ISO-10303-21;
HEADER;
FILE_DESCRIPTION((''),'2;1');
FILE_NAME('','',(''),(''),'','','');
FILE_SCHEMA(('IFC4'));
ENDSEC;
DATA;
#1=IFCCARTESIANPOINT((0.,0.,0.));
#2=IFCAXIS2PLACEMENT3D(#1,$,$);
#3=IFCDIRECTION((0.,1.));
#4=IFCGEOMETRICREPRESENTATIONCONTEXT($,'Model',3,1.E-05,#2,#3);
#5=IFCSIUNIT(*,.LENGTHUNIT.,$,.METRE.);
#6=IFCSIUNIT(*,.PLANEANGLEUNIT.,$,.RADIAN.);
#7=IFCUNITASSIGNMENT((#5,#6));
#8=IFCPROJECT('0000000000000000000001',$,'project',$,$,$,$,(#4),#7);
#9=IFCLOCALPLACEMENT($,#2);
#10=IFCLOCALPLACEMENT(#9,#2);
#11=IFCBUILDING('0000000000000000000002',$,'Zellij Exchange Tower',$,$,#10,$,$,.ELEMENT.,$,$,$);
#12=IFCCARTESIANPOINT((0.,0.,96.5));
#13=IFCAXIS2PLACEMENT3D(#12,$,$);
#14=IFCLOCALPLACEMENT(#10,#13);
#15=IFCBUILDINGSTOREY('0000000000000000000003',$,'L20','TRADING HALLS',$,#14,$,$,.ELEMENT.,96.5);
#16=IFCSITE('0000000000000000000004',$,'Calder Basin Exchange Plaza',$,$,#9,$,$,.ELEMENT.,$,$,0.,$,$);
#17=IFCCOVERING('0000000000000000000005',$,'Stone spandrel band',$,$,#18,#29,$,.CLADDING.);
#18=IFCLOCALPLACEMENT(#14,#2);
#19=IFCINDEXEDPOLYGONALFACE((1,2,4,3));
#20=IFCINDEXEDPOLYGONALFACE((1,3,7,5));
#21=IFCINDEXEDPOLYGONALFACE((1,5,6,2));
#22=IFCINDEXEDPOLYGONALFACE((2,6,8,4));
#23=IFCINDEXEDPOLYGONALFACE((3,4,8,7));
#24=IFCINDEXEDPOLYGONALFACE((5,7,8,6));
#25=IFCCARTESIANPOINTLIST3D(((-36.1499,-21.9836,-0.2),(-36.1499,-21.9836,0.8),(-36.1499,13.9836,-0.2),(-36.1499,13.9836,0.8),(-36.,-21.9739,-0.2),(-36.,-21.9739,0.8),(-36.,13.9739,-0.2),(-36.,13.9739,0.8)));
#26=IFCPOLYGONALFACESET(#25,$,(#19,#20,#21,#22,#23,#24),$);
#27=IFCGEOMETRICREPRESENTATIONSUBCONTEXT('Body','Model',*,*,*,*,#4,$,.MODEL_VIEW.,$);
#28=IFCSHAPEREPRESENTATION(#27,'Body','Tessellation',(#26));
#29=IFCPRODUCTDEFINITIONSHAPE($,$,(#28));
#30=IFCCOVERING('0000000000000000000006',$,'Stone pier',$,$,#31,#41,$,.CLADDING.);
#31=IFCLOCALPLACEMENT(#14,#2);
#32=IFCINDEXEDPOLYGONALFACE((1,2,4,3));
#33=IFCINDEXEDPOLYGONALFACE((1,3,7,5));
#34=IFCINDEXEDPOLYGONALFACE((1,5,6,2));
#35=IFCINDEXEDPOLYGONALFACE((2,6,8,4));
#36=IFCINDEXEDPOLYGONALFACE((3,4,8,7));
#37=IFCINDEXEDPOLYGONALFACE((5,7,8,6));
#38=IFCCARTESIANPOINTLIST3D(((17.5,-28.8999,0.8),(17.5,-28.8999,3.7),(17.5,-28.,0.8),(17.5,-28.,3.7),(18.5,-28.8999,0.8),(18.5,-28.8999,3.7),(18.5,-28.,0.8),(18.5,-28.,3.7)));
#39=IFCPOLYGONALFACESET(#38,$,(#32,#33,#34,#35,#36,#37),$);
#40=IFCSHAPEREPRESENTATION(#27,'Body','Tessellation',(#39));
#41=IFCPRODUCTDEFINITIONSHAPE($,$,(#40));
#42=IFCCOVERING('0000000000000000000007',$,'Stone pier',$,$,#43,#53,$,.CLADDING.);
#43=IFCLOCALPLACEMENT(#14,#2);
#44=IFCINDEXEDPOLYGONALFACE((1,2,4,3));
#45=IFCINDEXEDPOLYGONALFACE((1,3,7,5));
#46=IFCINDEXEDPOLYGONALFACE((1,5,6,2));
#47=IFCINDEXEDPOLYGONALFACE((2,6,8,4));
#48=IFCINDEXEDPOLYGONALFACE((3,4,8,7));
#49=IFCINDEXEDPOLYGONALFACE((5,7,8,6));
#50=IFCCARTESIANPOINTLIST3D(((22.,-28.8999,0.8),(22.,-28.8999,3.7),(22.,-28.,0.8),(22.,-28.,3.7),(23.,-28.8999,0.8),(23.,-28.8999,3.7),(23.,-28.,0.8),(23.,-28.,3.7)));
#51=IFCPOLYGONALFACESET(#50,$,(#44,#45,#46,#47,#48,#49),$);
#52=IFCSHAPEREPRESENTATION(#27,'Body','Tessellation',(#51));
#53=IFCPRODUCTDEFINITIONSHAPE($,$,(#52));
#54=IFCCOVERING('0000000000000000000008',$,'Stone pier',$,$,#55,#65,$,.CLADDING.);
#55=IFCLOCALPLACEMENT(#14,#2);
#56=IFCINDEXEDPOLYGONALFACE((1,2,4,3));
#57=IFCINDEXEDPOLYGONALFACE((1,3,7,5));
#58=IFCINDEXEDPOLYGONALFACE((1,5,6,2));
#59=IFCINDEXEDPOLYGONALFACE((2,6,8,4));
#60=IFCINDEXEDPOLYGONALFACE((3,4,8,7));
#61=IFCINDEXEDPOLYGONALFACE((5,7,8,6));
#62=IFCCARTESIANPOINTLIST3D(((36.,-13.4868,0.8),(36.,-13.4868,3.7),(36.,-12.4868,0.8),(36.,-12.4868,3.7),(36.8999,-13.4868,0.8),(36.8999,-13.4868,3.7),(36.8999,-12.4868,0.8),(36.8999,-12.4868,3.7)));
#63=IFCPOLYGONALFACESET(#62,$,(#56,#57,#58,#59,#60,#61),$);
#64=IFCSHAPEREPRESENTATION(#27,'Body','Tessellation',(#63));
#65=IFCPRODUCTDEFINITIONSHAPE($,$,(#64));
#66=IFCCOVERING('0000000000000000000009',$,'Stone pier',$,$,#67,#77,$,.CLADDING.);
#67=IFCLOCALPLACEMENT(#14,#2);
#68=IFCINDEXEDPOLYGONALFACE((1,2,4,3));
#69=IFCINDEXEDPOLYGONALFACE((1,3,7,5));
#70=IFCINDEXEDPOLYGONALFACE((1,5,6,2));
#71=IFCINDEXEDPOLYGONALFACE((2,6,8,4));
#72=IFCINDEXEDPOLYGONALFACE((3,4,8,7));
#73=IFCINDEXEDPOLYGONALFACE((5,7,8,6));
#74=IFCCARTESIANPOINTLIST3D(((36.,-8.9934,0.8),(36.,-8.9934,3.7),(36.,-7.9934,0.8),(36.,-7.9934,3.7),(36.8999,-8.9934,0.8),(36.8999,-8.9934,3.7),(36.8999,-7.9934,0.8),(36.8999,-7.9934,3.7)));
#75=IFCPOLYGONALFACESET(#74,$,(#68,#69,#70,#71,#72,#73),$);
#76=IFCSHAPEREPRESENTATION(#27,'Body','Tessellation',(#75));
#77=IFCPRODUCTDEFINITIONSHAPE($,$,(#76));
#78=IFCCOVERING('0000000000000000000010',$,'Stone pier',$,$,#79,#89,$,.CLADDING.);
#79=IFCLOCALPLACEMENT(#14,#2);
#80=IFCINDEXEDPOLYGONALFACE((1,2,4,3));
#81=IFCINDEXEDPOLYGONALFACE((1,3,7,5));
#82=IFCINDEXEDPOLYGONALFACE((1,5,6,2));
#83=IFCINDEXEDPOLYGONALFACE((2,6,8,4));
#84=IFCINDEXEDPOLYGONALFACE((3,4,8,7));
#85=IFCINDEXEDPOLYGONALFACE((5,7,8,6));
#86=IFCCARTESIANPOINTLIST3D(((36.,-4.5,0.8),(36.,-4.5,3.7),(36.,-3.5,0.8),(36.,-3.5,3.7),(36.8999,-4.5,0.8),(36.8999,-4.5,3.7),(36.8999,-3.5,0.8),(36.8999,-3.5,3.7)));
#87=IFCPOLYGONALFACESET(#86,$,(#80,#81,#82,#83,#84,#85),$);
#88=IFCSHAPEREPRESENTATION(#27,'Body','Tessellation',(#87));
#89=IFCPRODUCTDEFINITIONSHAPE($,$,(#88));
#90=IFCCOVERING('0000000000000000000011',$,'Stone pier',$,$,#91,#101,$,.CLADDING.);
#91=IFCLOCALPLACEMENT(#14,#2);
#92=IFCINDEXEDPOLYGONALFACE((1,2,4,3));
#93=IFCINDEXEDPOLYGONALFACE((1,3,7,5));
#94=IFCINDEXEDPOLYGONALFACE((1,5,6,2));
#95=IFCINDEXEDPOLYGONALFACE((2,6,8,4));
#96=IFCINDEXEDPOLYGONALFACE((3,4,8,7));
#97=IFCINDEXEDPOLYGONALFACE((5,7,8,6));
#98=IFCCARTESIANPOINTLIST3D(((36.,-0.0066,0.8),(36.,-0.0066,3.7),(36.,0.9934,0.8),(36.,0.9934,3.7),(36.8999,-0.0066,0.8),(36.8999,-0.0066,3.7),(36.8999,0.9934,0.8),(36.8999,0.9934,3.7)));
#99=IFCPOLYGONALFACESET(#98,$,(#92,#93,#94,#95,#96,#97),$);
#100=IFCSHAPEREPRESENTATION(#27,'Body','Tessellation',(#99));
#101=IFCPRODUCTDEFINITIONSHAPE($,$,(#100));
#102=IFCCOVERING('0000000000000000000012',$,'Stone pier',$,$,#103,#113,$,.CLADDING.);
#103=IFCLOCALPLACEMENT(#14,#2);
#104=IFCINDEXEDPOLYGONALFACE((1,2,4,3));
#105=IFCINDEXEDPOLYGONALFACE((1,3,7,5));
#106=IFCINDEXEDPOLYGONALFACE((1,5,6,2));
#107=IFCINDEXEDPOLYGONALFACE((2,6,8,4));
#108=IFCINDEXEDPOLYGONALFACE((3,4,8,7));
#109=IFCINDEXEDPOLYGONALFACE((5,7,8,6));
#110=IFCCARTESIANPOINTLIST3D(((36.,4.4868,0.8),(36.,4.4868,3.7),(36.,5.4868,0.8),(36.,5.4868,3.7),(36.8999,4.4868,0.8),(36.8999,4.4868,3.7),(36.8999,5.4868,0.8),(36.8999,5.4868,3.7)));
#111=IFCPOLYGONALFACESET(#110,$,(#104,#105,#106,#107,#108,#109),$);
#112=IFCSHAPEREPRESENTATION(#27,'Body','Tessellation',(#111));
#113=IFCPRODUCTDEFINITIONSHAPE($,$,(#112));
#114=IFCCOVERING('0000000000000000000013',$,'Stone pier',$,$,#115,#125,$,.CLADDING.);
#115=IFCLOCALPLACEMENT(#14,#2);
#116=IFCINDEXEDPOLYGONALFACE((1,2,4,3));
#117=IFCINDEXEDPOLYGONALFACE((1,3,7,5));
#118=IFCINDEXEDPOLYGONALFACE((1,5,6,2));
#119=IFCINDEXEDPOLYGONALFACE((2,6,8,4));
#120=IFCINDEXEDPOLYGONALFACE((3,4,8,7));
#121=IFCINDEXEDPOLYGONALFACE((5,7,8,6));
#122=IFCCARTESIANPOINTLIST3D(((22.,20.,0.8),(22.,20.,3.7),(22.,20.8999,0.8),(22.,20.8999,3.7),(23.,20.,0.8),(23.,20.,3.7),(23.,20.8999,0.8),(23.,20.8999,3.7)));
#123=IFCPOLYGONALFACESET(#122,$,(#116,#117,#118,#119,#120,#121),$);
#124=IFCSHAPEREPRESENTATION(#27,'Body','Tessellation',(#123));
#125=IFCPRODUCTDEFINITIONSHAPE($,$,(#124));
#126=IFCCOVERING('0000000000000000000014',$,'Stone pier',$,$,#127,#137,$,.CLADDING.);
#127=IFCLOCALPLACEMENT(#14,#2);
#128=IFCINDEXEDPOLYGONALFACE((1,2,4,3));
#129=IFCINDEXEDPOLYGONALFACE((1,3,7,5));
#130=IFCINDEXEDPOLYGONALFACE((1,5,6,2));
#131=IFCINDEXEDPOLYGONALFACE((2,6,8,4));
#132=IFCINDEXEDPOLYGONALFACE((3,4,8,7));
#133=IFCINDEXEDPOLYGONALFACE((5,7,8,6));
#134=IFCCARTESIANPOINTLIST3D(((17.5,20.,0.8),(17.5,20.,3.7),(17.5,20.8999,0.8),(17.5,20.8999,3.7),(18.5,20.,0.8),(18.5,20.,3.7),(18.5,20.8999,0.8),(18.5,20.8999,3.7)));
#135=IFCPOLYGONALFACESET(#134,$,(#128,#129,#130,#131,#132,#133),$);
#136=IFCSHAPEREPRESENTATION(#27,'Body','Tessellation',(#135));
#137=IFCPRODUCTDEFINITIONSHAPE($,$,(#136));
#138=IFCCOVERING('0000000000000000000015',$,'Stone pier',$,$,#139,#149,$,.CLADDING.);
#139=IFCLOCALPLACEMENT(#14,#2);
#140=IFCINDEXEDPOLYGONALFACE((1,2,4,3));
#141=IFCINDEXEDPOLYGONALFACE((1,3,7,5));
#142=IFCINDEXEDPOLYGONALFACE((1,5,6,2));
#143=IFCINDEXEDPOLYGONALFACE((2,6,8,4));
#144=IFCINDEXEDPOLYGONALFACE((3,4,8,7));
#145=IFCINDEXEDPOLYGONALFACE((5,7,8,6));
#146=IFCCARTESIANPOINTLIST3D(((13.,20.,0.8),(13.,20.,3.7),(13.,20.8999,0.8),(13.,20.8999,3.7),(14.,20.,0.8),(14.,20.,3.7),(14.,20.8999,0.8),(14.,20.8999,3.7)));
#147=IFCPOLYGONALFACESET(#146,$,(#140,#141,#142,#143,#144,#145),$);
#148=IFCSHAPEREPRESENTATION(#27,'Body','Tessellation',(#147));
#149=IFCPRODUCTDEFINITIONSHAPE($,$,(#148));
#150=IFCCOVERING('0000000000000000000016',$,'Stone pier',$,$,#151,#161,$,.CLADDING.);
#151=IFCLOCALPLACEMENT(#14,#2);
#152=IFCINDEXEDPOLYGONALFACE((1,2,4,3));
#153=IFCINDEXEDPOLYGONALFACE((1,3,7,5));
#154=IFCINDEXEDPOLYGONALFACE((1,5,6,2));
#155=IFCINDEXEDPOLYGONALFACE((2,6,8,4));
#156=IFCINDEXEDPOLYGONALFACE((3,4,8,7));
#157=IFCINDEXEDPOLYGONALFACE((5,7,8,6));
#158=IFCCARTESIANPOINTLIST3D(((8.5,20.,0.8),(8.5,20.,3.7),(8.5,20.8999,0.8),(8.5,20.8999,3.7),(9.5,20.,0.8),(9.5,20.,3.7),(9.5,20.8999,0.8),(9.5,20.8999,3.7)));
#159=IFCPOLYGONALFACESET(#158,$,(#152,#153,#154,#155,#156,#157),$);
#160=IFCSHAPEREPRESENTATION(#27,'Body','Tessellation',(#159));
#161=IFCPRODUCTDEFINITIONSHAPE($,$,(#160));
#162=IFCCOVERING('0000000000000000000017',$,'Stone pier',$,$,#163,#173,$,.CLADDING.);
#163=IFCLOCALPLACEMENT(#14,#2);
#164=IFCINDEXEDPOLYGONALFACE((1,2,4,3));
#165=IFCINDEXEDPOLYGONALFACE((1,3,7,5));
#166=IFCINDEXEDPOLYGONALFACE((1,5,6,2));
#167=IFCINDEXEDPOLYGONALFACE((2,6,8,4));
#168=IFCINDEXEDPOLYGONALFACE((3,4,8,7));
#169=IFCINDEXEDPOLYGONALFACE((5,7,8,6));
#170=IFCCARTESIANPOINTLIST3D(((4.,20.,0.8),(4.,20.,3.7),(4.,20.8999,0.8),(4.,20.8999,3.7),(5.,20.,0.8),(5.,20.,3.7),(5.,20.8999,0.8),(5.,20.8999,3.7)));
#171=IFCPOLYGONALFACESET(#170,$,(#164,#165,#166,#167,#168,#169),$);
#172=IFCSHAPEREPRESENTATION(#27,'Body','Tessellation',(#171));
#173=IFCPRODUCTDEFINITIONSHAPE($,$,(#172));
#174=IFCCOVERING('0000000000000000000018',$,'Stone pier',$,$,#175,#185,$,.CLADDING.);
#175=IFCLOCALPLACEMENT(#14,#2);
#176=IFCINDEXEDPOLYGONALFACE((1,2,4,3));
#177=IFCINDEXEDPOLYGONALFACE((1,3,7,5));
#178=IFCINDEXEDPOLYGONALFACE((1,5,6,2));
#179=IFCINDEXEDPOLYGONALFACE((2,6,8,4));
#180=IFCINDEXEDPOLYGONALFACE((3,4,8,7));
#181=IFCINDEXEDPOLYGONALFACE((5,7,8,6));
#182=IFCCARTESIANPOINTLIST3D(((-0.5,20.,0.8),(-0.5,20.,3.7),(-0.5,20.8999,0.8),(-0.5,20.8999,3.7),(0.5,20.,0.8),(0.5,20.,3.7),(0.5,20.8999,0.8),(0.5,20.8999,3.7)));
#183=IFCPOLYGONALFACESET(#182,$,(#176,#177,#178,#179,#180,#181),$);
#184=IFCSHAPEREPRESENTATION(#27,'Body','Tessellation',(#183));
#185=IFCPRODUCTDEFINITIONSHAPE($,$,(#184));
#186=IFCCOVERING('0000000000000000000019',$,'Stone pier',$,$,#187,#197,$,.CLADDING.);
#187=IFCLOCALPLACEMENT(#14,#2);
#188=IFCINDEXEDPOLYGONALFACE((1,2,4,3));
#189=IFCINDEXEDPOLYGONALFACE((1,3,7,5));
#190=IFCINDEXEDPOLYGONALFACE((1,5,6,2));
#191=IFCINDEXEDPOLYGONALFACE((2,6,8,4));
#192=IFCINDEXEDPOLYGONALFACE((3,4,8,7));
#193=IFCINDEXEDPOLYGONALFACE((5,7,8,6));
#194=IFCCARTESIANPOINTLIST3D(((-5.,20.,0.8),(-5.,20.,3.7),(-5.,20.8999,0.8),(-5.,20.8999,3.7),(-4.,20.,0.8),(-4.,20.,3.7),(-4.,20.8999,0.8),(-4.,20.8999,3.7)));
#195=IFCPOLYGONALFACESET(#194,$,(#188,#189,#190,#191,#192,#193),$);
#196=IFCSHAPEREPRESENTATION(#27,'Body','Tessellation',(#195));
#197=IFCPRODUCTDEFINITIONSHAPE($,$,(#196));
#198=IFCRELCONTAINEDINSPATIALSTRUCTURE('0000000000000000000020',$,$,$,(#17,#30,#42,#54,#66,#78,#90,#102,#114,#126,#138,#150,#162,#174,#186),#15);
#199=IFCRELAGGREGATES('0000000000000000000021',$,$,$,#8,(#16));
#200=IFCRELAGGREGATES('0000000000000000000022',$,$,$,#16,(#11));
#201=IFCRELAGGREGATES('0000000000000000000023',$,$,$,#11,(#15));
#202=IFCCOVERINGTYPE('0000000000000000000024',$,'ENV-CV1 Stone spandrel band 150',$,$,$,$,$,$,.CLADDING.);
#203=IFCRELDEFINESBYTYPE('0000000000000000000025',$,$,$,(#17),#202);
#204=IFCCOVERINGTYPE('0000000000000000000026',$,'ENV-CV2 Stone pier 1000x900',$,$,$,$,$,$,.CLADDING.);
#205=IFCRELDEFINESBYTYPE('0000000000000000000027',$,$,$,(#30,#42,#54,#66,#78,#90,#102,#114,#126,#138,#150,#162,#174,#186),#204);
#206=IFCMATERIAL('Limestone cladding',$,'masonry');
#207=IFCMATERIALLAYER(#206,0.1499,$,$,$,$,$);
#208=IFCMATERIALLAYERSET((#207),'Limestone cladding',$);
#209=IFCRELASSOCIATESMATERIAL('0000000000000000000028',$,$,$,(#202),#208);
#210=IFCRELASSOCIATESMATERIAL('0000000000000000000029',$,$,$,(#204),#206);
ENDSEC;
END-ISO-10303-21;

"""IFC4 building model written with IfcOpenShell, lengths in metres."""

from ifc_helpers import new_model, si_unit, direction, frame, origin, place, context, subcontext, project, spatial, polyline, outline, extrude, material, layer, layer_set, type_object, element, save


model = new_model("IFC4")

# Units and contexts
model_context = context("Model", 3, precision=1e-05, world=origin(), true_north=direction((0.0, 1.0)))
body_context = subcontext(model_context, "Body", "Model", "MODEL_VIEW")
ifc_project = project(units=[si_unit("LENGTHUNIT", "METRE"), si_unit("PLANEANGLEUNIT", "RADIAN")], contexts=[model_context])

# Site, building, storey
site_placement = place(None, origin())
site = spatial("IfcSite", under=ifc_project, at=site_placement, Name="Calder Basin Exchange Plaza", CompositionType="ELEMENT", RefElevation=0.0)
building_placement = place(site_placement, origin())
building = spatial("IfcBuilding", under=site, at=building_placement, Name="Zellij Exchange Tower", CompositionType="ELEMENT")
storey_placement = place(building_placement, frame((0.0, 0.0, 96.5)))
storey = spatial("IfcBuildingStorey", under=building, at=storey_placement, Name="L20", Description="TRADING HALLS", CompositionType="ELEMENT", Elevation=96.5)

# Coverings
ifc_material_1 = material(Name="Limestone cladding", Category="masonry")
ifc_layer_1 = layer(ifc_material_1, 0.1499)
ifc_layer_set_1 = layer_set([ifc_layer_1], Name="Limestone cladding")
covering_type_1 = type_object("IfcCoveringType", Name="ENV-CV1 Stone spandrel band 150", PredefinedType="CLADDING", material=ifc_layer_set_1)
covering_1_placement = place(storey_placement, frame((0.0, 0.0, -0.2)))
element("IfcCovering", 1, at=covering_1_placement, inside=storey, type_object=covering_type_1, Name="Stone spandrel band", PredefinedType="CLADDING", context=body_context, shape_type="SweptSolid", body=[
    extrude(outline(polyline([(-36.0, 13.9739), (-36.0, -21.9739), (-36.1499, -21.9836), (-36.1499, 13.9836), (-36.0, 13.9739)])), origin(), (0.0, 0.0, 1.0), 1.0),
])
covering_type_2 = type_object("IfcCoveringType", Name="ENV-CV2 Stone pier 1000x900", PredefinedType="CLADDING", material=ifc_material_1)
covering_2_placement = place(storey_placement, frame((0.0, 0.0, 0.8)))
element("IfcCovering", 2, at=covering_2_placement, inside=storey, type_object=covering_type_2, Name="Stone pier", PredefinedType="CLADDING", context=body_context, shape_type="SweptSolid", body=[
    extrude(outline(polyline([(17.5, -28.0), (18.5, -28.0), (18.5, -28.8999), (17.5, -28.8999), (17.5, -28.0)])), origin(), (0.0, 0.0, 1.0), 2.8999),
])
covering_3_placement = place(storey_placement, frame((0.0, 0.0, 0.8)))
element("IfcCovering", 3, at=covering_3_placement, inside=storey, type_object=covering_type_2, Name="Stone pier", PredefinedType="CLADDING", context=body_context, shape_type="SweptSolid", body=[
    extrude(outline(polyline([(22.0, -28.0), (23.0, -28.0), (23.0, -28.8999), (22.0, -28.8999), (22.0, -28.0)])), origin(), (0.0, 0.0, 1.0), 2.8999),
])
covering_4_placement = place(storey_placement, frame((0.0, 0.0, 0.8)))
element("IfcCovering", 4, at=covering_4_placement, inside=storey, type_object=covering_type_2, Name="Stone pier", PredefinedType="CLADDING", context=body_context, shape_type="SweptSolid", body=[
    extrude(outline(polyline([(36.0, -13.4868), (36.0, -12.4868), (36.8999, -12.4868), (36.8999, -13.4868), (36.0, -13.4868)])), origin(), (0.0, 0.0, 1.0), 2.8999),
])
covering_5_placement = place(storey_placement, frame((0.0, 0.0, 0.8)))
element("IfcCovering", 5, at=covering_5_placement, inside=storey, type_object=covering_type_2, Name="Stone pier", PredefinedType="CLADDING", context=body_context, shape_type="SweptSolid", body=[
    extrude(outline(polyline([(36.0, -8.9934), (36.0, -7.9934), (36.8999, -7.9934), (36.8999, -8.9934), (36.0, -8.9934)])), origin(), (0.0, 0.0, 1.0), 2.8999),
])
covering_6_placement = place(storey_placement, frame((0.0, 0.0, 0.8)))
element("IfcCovering", 6, at=covering_6_placement, inside=storey, type_object=covering_type_2, Name="Stone pier", PredefinedType="CLADDING", context=body_context, shape_type="SweptSolid", body=[
    extrude(outline(polyline([(36.0, -4.5), (36.0, -3.5), (36.8999, -3.5), (36.8999, -4.5), (36.0, -4.5)])), origin(), (0.0, 0.0, 1.0), 2.8999),
])
covering_7_placement = place(storey_placement, frame((0.0, 0.0, 0.8)))
element("IfcCovering", 7, at=covering_7_placement, inside=storey, type_object=covering_type_2, Name="Stone pier", PredefinedType="CLADDING", context=body_context, shape_type="SweptSolid", body=[
    extrude(outline(polyline([(36.0, -0.0066), (36.0, 0.9934), (36.8999, 0.9934), (36.8999, -0.0066), (36.0, -0.0066)])), origin(), (0.0, 0.0, 1.0), 2.8999),
])
covering_8_placement = place(storey_placement, frame((0.0, 0.0, 0.8)))
element("IfcCovering", 8, at=covering_8_placement, inside=storey, type_object=covering_type_2, Name="Stone pier", PredefinedType="CLADDING", context=body_context, shape_type="SweptSolid", body=[
    extrude(outline(polyline([(36.0, 4.4868), (36.0, 5.4868), (36.8999, 5.4868), (36.8999, 4.4868), (36.0, 4.4868)])), origin(), (0.0, 0.0, 1.0), 2.8999),
])
covering_9_placement = place(storey_placement, frame((0.0, 0.0, 0.8)))
element("IfcCovering", 9, at=covering_9_placement, inside=storey, type_object=covering_type_2, Name="Stone pier", PredefinedType="CLADDING", context=body_context, shape_type="SweptSolid", body=[
    extrude(outline(polyline([(23.0, 20.0), (22.0, 20.0), (22.0, 20.8999), (23.0, 20.8999), (23.0, 20.0)])), origin(), (0.0, 0.0, 1.0), 2.8999),
])
covering_10_placement = place(storey_placement, frame((0.0, 0.0, 0.8)))
element("IfcCovering", 10, at=covering_10_placement, inside=storey, type_object=covering_type_2, Name="Stone pier", PredefinedType="CLADDING", context=body_context, shape_type="SweptSolid", body=[
    extrude(outline(polyline([(18.5, 20.0), (17.5, 20.0), (17.5, 20.8999), (18.5, 20.8999), (18.5, 20.0)])), origin(), (0.0, 0.0, 1.0), 2.8999),
])
covering_11_placement = place(storey_placement, frame((0.0, 0.0, 0.8)))
element("IfcCovering", 11, at=covering_11_placement, inside=storey, type_object=covering_type_2, Name="Stone pier", PredefinedType="CLADDING", context=body_context, shape_type="SweptSolid", body=[
    extrude(outline(polyline([(14.0, 20.0), (13.0, 20.0), (13.0, 20.8999), (14.0, 20.8999), (14.0, 20.0)])), origin(), (0.0, 0.0, 1.0), 2.8999),
])
covering_12_placement = place(storey_placement, frame((0.0, 0.0, 0.8)))
element("IfcCovering", 12, at=covering_12_placement, inside=storey, type_object=covering_type_2, Name="Stone pier", PredefinedType="CLADDING", context=body_context, shape_type="SweptSolid", body=[
    extrude(outline(polyline([(9.5, 20.0), (8.5, 20.0), (8.5, 20.8999), (9.5, 20.8999), (9.5, 20.0)])), origin(), (0.0, 0.0, 1.0), 2.8999),
])
covering_13_placement = place(storey_placement, frame((0.0, 0.0, 0.8)))
element("IfcCovering", 13, at=covering_13_placement, inside=storey, type_object=covering_type_2, Name="Stone pier", PredefinedType="CLADDING", context=body_context, shape_type="SweptSolid", body=[
    extrude(outline(polyline([(5.0, 20.0), (4.0, 20.0), (4.0, 20.8999), (5.0, 20.8999), (5.0, 20.0)])), origin(), (0.0, 0.0, 1.0), 2.8999),
])
covering_14_placement = place(storey_placement, frame((0.0, 0.0, 0.8)))
element("IfcCovering", 14, at=covering_14_placement, inside=storey, type_object=covering_type_2, Name="Stone pier", PredefinedType="CLADDING", context=body_context, shape_type="SweptSolid", body=[
    extrude(outline(polyline([(0.5, 20.0), (-0.5, 20.0), (-0.5, 20.8999), (0.5, 20.8999), (0.5, 20.0)])), origin(), (0.0, 0.0, 1.0), 2.8999),
])
covering_15_placement = place(storey_placement, frame((0.0, 0.0, 0.8)))
element("IfcCovering", 15, at=covering_15_placement, inside=storey, type_object=covering_type_2, Name="Stone pier", PredefinedType="CLADDING", context=body_context, shape_type="SweptSolid", body=[
    extrude(outline(polyline([(-4.0, 20.0), (-5.0, 20.0), (-5.0, 20.8999), (-4.0, 20.8999), (-4.0, 20.0)])), origin(), (0.0, 0.0, 1.0), 2.8999),
])

save(model, "model.ifc")
